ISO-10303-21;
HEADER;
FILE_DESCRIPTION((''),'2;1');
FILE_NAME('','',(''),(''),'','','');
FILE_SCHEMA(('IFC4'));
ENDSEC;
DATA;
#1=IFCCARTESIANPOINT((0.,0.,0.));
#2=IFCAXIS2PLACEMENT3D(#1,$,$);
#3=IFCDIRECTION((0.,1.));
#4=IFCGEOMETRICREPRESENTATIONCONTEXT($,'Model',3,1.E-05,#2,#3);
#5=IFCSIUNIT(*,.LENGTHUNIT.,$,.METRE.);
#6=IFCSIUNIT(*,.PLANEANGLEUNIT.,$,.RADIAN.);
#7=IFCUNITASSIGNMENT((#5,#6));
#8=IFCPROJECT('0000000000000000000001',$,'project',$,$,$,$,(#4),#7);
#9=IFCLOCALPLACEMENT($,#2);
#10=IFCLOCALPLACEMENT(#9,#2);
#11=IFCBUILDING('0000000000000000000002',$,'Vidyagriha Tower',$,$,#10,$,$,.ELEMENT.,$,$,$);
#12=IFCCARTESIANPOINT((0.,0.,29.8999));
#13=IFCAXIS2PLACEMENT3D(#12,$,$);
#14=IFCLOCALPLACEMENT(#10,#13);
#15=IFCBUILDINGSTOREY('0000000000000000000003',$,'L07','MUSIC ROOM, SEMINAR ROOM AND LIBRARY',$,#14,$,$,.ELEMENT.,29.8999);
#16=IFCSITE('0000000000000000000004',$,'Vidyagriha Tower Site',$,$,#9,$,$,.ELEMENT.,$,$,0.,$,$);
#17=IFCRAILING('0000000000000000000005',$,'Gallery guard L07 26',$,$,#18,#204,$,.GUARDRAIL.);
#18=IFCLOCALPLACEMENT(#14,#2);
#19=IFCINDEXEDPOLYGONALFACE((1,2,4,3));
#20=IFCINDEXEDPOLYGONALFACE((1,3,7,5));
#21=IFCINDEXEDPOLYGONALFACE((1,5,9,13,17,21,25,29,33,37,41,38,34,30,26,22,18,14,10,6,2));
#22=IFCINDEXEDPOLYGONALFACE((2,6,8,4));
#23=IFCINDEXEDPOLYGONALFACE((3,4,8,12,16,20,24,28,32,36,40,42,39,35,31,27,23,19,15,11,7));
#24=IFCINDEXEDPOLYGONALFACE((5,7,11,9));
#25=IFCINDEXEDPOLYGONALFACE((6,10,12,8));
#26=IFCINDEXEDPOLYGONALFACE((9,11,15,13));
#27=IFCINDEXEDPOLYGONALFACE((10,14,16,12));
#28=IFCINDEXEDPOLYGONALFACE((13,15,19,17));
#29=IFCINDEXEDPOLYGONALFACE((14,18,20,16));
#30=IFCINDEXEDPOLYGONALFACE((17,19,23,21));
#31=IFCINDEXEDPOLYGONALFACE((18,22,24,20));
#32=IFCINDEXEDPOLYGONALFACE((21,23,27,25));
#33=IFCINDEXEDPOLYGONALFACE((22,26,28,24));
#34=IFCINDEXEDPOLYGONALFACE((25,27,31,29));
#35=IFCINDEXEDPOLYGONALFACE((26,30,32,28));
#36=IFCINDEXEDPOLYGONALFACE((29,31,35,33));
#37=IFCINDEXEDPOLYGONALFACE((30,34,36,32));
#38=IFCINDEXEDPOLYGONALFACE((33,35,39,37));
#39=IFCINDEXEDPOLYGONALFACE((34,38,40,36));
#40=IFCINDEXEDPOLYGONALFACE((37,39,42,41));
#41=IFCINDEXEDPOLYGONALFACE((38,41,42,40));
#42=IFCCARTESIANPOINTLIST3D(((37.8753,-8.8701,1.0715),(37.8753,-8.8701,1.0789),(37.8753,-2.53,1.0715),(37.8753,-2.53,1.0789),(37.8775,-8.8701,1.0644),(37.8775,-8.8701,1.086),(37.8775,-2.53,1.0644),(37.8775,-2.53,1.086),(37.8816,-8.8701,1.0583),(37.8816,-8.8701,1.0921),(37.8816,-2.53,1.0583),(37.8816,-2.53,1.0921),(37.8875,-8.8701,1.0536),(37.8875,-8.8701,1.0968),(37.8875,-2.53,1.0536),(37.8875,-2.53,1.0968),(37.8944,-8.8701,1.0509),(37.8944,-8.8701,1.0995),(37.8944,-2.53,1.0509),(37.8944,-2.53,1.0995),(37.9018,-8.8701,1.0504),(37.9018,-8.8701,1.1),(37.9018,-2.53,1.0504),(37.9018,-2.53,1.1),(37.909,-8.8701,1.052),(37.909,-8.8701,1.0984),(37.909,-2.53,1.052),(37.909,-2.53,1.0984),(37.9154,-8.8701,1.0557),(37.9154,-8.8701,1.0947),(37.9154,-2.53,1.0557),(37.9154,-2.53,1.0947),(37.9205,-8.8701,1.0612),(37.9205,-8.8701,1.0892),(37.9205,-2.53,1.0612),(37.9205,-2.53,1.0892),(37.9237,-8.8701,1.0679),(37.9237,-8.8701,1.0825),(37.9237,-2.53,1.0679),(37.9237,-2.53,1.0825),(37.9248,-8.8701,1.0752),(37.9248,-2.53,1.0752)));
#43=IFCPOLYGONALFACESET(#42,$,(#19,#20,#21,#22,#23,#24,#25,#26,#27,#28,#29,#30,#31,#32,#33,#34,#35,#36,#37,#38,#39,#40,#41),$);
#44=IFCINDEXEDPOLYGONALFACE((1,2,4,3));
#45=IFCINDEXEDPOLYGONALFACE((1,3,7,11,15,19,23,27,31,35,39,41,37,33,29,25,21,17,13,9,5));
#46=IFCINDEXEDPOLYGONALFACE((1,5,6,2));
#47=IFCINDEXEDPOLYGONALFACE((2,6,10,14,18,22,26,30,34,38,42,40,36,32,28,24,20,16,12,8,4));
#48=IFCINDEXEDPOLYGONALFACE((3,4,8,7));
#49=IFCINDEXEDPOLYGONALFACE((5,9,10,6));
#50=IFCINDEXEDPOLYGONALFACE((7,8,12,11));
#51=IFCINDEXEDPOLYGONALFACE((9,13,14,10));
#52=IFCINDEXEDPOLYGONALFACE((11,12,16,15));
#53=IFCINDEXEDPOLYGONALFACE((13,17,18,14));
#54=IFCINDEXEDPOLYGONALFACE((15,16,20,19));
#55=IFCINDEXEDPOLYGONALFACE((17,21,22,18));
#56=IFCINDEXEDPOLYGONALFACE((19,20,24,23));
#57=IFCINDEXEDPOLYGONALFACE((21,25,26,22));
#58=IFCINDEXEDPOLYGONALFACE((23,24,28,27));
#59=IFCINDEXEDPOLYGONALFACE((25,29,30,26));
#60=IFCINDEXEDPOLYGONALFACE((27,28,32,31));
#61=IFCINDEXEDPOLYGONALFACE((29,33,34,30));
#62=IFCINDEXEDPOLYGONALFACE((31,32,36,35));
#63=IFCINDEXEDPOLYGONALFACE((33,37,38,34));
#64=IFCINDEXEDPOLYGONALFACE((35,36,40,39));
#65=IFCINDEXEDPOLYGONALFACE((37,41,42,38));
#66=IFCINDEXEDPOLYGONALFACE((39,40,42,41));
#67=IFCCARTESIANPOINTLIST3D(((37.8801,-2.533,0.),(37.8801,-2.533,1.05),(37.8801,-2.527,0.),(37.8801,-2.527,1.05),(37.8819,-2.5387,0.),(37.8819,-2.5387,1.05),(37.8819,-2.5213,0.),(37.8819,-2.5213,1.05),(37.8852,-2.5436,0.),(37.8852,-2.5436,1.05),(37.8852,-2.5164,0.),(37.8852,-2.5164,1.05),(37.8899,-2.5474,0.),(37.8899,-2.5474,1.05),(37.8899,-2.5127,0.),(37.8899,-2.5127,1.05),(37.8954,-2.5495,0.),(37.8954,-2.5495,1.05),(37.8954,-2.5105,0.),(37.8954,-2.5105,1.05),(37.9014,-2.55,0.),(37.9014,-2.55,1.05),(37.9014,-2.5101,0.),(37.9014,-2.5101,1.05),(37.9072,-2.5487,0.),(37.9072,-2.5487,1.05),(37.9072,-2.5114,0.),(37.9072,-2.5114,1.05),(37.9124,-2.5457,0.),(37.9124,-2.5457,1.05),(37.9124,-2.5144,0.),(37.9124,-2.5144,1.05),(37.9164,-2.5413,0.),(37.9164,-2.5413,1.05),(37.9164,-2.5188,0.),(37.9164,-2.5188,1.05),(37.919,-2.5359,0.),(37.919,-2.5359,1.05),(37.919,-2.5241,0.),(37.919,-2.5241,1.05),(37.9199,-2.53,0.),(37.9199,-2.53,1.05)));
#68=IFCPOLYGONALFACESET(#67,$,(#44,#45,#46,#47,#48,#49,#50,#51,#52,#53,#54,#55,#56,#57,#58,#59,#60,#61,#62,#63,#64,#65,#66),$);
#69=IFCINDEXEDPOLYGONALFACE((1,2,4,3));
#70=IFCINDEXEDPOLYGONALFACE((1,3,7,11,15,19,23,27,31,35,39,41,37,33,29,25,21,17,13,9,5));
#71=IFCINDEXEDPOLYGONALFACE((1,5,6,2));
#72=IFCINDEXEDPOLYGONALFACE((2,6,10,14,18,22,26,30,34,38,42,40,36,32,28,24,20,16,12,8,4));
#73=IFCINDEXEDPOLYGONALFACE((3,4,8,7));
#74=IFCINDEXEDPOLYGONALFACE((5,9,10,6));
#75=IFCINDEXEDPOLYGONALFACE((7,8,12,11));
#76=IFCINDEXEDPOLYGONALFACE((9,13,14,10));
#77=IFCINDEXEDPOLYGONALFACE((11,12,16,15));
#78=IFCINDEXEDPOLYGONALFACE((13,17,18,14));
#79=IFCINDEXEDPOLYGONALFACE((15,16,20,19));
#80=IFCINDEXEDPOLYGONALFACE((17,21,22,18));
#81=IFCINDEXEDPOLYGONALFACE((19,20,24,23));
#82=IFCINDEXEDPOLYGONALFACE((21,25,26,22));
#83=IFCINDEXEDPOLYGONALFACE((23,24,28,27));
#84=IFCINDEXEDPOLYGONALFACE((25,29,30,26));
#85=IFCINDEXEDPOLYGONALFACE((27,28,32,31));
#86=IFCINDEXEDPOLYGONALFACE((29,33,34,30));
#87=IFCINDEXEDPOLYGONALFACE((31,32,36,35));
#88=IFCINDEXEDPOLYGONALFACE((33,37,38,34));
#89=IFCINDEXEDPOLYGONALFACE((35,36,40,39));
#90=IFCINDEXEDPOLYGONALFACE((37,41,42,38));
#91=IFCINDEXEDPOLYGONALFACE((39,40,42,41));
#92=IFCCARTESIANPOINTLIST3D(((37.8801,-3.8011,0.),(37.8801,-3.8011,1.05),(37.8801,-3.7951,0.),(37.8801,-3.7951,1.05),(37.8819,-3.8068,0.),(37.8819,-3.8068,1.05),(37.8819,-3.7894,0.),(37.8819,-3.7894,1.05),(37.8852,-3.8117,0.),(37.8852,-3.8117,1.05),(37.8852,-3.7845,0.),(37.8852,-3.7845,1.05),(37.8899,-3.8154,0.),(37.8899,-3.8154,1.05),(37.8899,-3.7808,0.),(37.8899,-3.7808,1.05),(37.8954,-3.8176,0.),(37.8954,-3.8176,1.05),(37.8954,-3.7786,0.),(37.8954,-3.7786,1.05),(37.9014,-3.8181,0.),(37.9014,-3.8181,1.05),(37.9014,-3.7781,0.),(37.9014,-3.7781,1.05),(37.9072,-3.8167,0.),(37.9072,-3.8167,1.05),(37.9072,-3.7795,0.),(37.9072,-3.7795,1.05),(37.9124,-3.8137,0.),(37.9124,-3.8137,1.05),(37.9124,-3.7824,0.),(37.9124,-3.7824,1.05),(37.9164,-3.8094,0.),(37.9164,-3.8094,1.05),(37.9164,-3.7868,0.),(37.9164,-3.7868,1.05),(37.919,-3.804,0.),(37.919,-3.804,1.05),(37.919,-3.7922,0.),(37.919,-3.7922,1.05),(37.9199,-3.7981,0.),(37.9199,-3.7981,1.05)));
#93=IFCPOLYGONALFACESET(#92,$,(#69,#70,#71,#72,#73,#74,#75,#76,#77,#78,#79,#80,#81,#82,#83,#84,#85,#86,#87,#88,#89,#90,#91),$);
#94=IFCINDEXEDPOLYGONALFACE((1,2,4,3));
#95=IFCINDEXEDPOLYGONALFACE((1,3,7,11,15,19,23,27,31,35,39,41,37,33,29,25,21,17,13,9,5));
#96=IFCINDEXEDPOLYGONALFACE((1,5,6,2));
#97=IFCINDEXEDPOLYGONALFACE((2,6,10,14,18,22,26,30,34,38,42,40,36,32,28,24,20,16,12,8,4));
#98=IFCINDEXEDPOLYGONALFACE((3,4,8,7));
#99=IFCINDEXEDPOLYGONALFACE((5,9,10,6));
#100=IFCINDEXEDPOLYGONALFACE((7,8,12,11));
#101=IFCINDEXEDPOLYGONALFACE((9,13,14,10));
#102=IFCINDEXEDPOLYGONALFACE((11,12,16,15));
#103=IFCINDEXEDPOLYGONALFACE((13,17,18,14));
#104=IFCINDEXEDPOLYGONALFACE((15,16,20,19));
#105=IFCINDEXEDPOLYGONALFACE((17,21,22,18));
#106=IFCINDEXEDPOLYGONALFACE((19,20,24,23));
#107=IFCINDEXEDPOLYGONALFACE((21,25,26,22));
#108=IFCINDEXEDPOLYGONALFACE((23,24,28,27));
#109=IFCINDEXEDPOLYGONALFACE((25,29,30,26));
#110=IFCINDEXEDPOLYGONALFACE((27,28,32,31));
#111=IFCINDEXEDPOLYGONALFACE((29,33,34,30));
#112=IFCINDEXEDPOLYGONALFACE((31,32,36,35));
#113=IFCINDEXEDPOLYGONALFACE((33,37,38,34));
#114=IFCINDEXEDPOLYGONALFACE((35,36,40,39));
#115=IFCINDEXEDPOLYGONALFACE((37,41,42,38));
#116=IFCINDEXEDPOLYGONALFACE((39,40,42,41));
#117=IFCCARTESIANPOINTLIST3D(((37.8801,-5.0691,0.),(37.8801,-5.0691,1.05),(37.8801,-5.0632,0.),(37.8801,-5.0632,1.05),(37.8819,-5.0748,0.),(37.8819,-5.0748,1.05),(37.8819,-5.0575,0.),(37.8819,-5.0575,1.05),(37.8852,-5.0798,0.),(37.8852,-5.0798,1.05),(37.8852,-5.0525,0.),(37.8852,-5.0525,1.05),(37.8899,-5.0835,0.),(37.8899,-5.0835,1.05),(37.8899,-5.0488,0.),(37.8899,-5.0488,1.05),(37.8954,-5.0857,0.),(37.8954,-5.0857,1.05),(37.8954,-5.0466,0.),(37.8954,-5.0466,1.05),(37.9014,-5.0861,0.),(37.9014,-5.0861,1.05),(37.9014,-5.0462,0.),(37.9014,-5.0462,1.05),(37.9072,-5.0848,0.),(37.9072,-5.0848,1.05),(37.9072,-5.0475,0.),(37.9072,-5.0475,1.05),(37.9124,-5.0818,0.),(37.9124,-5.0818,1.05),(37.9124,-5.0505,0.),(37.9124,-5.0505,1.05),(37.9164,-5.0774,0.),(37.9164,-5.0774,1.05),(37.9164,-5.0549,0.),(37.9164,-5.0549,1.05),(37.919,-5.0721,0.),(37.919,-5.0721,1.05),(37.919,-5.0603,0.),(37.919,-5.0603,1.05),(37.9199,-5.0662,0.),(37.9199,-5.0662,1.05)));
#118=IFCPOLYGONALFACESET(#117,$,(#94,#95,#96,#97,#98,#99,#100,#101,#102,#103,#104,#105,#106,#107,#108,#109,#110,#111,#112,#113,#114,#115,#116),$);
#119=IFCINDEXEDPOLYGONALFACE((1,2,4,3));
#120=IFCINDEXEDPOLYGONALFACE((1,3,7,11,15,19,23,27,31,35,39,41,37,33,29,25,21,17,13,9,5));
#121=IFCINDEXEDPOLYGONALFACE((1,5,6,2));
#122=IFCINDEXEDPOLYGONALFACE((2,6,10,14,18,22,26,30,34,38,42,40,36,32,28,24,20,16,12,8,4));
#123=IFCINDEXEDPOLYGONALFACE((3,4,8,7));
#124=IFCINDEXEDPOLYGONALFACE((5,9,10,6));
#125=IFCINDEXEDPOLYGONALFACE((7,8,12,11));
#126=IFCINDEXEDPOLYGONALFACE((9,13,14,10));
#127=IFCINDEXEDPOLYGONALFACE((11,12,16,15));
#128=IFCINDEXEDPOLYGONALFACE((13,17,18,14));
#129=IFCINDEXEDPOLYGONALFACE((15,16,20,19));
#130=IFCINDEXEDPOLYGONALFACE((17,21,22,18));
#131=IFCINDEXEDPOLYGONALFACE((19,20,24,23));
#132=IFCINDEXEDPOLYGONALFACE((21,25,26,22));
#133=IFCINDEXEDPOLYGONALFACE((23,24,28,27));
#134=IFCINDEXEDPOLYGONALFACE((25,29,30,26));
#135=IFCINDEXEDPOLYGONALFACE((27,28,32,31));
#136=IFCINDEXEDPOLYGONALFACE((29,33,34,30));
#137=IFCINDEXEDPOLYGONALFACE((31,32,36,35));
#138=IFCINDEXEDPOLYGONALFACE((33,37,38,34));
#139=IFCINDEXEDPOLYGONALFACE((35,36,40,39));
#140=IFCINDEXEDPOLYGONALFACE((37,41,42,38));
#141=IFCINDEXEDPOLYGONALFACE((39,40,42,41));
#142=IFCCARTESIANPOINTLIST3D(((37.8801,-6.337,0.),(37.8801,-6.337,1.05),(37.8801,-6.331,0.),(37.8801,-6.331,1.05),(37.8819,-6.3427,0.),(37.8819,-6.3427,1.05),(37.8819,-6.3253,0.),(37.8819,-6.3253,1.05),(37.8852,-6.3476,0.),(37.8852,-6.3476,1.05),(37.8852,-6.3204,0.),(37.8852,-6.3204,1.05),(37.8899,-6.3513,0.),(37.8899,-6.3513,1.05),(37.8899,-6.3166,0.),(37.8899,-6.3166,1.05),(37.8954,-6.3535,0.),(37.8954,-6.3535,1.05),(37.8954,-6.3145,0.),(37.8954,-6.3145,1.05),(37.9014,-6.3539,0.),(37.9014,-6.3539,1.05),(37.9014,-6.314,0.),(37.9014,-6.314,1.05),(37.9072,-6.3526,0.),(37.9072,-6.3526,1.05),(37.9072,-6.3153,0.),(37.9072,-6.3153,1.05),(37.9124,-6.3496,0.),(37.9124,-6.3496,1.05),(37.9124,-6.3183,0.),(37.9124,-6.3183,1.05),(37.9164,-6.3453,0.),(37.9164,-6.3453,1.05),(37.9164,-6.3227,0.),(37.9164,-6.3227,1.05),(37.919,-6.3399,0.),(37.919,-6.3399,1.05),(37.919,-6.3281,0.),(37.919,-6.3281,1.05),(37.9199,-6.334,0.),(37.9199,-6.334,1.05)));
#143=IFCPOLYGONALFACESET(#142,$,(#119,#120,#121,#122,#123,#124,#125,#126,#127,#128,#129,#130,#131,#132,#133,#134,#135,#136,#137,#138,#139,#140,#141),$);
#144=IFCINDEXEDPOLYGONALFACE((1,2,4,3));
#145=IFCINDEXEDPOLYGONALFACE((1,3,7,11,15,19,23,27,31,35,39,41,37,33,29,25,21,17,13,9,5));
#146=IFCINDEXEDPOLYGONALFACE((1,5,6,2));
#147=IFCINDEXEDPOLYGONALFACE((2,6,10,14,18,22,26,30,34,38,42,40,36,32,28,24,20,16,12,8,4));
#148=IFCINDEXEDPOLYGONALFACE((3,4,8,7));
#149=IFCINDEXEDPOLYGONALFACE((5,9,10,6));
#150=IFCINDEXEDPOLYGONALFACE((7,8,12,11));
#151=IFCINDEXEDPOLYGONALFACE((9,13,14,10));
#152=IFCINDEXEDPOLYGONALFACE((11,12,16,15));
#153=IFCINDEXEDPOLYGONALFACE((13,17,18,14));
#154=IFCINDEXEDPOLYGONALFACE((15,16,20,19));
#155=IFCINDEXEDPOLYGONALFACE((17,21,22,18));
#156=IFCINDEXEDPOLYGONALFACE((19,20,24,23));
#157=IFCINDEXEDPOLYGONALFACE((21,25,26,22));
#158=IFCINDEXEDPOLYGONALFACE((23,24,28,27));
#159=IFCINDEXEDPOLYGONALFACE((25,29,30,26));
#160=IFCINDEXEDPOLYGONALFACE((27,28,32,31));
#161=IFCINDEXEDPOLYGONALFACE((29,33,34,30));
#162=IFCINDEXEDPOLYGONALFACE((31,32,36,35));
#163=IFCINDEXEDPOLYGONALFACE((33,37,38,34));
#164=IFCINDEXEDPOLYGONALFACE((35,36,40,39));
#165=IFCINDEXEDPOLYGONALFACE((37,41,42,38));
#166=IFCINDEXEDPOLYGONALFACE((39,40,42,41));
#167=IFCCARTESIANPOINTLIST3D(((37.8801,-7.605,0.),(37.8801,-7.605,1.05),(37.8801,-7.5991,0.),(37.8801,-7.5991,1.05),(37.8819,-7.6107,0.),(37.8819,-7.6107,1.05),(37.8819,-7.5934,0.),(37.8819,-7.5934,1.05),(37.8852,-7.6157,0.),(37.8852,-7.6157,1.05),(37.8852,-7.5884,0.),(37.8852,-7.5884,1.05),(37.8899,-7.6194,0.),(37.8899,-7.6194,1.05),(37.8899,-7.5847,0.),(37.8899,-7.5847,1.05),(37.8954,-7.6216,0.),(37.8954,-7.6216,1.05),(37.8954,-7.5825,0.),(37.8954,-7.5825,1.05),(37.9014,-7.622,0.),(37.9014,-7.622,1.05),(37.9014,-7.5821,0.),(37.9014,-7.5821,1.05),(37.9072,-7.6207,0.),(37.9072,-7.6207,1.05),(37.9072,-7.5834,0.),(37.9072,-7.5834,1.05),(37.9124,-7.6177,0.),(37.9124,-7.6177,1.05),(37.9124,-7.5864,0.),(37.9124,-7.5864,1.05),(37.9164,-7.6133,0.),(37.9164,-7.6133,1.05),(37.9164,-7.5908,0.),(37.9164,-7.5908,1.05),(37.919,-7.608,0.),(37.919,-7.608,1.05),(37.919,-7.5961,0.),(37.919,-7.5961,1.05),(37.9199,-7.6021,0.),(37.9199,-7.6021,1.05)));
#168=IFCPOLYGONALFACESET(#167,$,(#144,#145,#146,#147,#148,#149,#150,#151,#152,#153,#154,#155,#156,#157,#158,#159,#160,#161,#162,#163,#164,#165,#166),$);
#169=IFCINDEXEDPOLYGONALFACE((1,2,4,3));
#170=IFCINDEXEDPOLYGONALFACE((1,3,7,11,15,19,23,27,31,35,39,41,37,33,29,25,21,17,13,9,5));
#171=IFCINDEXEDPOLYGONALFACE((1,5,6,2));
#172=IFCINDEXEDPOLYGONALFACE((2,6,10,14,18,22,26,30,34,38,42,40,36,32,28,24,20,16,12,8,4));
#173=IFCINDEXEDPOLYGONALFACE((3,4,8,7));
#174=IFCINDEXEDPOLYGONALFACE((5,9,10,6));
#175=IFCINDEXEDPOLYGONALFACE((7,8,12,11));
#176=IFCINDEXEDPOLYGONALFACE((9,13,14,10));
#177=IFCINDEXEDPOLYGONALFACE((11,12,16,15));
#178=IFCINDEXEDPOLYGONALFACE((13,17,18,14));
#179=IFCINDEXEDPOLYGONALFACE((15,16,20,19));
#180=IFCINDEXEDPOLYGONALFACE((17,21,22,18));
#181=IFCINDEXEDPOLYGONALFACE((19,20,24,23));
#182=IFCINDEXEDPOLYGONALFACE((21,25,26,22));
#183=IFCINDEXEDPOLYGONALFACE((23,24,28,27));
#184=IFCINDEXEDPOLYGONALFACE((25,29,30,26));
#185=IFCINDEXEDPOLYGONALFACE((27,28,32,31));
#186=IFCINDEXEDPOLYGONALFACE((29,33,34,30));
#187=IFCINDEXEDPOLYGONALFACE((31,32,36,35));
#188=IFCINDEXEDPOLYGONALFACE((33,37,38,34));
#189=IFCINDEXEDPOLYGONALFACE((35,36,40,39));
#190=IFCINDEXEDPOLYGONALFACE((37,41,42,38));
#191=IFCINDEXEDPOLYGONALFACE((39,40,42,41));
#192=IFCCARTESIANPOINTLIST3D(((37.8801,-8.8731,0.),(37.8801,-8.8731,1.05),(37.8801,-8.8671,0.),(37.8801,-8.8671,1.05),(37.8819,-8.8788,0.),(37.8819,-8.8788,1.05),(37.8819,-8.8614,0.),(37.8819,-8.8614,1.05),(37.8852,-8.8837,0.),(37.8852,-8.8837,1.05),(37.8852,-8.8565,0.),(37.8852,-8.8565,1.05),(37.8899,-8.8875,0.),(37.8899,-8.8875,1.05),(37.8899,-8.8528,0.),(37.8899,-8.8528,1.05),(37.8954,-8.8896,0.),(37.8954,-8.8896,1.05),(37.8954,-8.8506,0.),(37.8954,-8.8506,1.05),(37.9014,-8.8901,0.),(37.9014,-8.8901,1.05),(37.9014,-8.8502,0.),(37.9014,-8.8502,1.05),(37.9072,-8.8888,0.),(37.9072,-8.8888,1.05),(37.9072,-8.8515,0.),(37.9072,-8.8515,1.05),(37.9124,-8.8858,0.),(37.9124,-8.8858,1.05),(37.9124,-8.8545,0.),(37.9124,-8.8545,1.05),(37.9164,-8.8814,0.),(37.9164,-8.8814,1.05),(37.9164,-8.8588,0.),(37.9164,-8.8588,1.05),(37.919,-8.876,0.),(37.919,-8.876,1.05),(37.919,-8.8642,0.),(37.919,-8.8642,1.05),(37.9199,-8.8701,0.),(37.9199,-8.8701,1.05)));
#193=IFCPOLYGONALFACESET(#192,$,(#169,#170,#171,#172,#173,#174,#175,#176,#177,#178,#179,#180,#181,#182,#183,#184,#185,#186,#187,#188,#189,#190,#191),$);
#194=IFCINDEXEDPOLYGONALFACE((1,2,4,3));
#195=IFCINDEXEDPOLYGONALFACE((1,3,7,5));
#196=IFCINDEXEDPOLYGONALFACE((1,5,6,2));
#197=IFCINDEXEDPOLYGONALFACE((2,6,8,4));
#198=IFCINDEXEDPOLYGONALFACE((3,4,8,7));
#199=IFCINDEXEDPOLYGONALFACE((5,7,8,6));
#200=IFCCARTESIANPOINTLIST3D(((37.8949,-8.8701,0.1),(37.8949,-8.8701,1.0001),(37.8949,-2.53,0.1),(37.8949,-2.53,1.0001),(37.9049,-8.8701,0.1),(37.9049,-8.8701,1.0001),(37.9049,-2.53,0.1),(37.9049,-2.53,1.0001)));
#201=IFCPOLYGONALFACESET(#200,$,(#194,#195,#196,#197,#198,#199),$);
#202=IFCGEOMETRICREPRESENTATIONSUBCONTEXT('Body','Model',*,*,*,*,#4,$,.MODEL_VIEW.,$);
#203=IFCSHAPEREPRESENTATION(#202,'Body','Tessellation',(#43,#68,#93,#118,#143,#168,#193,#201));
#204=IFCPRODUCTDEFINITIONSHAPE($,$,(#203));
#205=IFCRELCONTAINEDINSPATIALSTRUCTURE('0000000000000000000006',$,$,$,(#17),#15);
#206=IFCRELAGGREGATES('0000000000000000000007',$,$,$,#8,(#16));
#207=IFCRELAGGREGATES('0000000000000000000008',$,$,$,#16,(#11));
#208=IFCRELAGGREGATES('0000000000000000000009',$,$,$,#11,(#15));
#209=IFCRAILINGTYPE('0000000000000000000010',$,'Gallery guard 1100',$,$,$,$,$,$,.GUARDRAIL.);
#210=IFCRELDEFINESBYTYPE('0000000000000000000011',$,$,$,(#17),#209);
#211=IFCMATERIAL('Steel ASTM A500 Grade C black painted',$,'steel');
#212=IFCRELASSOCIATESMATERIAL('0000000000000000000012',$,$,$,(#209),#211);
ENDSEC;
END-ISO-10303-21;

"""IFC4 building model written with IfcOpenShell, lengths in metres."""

from ifc_helpers import new_model, si_unit, direction, frame, origin, origin_2d, place, context, subcontext, project, spatial, rectangle, circle, extrude, material, type_object, element, save


model = new_model("IFC4")

# Units and contexts
model_context = context("Model", 3, precision=1e-05, world=origin(), true_north=direction((0.0, 1.0)))
body_context = subcontext(model_context, "Body", "Model", "MODEL_VIEW")
ifc_project = project(units=[si_unit("LENGTHUNIT", "METRE"), si_unit("PLANEANGLEUNIT", "RADIAN")], contexts=[model_context])

# Site, building, storey
site_placement = place(None, origin())
site = spatial("IfcSite", under=ifc_project, at=site_placement, Name="Vidyagriha Tower Site", CompositionType="ELEMENT", RefElevation=0.0)
building_placement = place(site_placement, origin())
building = spatial("IfcBuilding", under=site, at=building_placement, Name="Vidyagriha Tower", CompositionType="ELEMENT")
storey_placement = place(building_placement, frame((0.0, 0.0, 29.8999)))
storey = spatial("IfcBuildingStorey", under=building, at=storey_placement, Name="L07", Description="MUSIC ROOM, SEMINAR ROOM AND LIBRARY", CompositionType="ELEMENT", Elevation=29.8999)

# Railing
ifc_material_1 = material(Name="Steel ASTM A500 Grade C black painted", Category="steel")
railing_type = type_object("IfcRailingType", Name="Gallery guard 1100", PredefinedType="GUARDRAIL", material=ifc_material_1)
railing_1_placement = place(storey_placement, frame((37.8999, -2.53, 0.0)))
element("IfcRailing", 1, at=railing_1_placement, inside=storey, type_object=railing_type, Name="Gallery guard L07 26", PredefinedType="GUARDRAIL", context=body_context, shape_type="SweptSolid", body=[
    extrude(circle(Radius=0.0249, at=origin_2d()), frame((0.0, 0.0, 1.0752), z_axis=(0.0, -1.0, 0.0), x_axis=(1.0, 0.0, 0.0)), (0.0, 0.0, 1.0), 6.3401),
    extrude(circle(Radius=0.02, at=origin_2d()), origin(), (0.0, 0.0, 1.0), 1.05),
    extrude(circle(Radius=0.02, at=origin_2d()), frame((0.0, -1.2681, 0.0)), (0.0, 0.0, 1.0), 1.05),
    extrude(circle(Radius=0.02, at=origin_2d()), frame((0.0, -2.5361, 0.0)), (0.0, 0.0, 1.0), 1.05),
    extrude(circle(Radius=0.02, at=origin_2d()), frame((0.0, -3.804, 0.0)), (0.0, 0.0, 1.0), 1.05),
    extrude(circle(Radius=0.02, at=origin_2d()), frame((0.0, -5.072, 0.0)), (0.0, 0.0, 1.0), 1.05),
    extrude(circle(Radius=0.02, at=origin_2d()), frame((0.0, -6.3401, 0.0)), (0.0, 0.0, 1.0), 1.05),
    extrude(rectangle(XDim=0.01, YDim=0.9001, at=origin_2d()), frame((0.0, 0.0, 0.55), z_axis=(0.0, -1.0, 0.0), x_axis=(1.0, 0.0, 0.0)), (0.0, 0.0, 1.0), 6.3401),
])

save(model, "model.ifc")
